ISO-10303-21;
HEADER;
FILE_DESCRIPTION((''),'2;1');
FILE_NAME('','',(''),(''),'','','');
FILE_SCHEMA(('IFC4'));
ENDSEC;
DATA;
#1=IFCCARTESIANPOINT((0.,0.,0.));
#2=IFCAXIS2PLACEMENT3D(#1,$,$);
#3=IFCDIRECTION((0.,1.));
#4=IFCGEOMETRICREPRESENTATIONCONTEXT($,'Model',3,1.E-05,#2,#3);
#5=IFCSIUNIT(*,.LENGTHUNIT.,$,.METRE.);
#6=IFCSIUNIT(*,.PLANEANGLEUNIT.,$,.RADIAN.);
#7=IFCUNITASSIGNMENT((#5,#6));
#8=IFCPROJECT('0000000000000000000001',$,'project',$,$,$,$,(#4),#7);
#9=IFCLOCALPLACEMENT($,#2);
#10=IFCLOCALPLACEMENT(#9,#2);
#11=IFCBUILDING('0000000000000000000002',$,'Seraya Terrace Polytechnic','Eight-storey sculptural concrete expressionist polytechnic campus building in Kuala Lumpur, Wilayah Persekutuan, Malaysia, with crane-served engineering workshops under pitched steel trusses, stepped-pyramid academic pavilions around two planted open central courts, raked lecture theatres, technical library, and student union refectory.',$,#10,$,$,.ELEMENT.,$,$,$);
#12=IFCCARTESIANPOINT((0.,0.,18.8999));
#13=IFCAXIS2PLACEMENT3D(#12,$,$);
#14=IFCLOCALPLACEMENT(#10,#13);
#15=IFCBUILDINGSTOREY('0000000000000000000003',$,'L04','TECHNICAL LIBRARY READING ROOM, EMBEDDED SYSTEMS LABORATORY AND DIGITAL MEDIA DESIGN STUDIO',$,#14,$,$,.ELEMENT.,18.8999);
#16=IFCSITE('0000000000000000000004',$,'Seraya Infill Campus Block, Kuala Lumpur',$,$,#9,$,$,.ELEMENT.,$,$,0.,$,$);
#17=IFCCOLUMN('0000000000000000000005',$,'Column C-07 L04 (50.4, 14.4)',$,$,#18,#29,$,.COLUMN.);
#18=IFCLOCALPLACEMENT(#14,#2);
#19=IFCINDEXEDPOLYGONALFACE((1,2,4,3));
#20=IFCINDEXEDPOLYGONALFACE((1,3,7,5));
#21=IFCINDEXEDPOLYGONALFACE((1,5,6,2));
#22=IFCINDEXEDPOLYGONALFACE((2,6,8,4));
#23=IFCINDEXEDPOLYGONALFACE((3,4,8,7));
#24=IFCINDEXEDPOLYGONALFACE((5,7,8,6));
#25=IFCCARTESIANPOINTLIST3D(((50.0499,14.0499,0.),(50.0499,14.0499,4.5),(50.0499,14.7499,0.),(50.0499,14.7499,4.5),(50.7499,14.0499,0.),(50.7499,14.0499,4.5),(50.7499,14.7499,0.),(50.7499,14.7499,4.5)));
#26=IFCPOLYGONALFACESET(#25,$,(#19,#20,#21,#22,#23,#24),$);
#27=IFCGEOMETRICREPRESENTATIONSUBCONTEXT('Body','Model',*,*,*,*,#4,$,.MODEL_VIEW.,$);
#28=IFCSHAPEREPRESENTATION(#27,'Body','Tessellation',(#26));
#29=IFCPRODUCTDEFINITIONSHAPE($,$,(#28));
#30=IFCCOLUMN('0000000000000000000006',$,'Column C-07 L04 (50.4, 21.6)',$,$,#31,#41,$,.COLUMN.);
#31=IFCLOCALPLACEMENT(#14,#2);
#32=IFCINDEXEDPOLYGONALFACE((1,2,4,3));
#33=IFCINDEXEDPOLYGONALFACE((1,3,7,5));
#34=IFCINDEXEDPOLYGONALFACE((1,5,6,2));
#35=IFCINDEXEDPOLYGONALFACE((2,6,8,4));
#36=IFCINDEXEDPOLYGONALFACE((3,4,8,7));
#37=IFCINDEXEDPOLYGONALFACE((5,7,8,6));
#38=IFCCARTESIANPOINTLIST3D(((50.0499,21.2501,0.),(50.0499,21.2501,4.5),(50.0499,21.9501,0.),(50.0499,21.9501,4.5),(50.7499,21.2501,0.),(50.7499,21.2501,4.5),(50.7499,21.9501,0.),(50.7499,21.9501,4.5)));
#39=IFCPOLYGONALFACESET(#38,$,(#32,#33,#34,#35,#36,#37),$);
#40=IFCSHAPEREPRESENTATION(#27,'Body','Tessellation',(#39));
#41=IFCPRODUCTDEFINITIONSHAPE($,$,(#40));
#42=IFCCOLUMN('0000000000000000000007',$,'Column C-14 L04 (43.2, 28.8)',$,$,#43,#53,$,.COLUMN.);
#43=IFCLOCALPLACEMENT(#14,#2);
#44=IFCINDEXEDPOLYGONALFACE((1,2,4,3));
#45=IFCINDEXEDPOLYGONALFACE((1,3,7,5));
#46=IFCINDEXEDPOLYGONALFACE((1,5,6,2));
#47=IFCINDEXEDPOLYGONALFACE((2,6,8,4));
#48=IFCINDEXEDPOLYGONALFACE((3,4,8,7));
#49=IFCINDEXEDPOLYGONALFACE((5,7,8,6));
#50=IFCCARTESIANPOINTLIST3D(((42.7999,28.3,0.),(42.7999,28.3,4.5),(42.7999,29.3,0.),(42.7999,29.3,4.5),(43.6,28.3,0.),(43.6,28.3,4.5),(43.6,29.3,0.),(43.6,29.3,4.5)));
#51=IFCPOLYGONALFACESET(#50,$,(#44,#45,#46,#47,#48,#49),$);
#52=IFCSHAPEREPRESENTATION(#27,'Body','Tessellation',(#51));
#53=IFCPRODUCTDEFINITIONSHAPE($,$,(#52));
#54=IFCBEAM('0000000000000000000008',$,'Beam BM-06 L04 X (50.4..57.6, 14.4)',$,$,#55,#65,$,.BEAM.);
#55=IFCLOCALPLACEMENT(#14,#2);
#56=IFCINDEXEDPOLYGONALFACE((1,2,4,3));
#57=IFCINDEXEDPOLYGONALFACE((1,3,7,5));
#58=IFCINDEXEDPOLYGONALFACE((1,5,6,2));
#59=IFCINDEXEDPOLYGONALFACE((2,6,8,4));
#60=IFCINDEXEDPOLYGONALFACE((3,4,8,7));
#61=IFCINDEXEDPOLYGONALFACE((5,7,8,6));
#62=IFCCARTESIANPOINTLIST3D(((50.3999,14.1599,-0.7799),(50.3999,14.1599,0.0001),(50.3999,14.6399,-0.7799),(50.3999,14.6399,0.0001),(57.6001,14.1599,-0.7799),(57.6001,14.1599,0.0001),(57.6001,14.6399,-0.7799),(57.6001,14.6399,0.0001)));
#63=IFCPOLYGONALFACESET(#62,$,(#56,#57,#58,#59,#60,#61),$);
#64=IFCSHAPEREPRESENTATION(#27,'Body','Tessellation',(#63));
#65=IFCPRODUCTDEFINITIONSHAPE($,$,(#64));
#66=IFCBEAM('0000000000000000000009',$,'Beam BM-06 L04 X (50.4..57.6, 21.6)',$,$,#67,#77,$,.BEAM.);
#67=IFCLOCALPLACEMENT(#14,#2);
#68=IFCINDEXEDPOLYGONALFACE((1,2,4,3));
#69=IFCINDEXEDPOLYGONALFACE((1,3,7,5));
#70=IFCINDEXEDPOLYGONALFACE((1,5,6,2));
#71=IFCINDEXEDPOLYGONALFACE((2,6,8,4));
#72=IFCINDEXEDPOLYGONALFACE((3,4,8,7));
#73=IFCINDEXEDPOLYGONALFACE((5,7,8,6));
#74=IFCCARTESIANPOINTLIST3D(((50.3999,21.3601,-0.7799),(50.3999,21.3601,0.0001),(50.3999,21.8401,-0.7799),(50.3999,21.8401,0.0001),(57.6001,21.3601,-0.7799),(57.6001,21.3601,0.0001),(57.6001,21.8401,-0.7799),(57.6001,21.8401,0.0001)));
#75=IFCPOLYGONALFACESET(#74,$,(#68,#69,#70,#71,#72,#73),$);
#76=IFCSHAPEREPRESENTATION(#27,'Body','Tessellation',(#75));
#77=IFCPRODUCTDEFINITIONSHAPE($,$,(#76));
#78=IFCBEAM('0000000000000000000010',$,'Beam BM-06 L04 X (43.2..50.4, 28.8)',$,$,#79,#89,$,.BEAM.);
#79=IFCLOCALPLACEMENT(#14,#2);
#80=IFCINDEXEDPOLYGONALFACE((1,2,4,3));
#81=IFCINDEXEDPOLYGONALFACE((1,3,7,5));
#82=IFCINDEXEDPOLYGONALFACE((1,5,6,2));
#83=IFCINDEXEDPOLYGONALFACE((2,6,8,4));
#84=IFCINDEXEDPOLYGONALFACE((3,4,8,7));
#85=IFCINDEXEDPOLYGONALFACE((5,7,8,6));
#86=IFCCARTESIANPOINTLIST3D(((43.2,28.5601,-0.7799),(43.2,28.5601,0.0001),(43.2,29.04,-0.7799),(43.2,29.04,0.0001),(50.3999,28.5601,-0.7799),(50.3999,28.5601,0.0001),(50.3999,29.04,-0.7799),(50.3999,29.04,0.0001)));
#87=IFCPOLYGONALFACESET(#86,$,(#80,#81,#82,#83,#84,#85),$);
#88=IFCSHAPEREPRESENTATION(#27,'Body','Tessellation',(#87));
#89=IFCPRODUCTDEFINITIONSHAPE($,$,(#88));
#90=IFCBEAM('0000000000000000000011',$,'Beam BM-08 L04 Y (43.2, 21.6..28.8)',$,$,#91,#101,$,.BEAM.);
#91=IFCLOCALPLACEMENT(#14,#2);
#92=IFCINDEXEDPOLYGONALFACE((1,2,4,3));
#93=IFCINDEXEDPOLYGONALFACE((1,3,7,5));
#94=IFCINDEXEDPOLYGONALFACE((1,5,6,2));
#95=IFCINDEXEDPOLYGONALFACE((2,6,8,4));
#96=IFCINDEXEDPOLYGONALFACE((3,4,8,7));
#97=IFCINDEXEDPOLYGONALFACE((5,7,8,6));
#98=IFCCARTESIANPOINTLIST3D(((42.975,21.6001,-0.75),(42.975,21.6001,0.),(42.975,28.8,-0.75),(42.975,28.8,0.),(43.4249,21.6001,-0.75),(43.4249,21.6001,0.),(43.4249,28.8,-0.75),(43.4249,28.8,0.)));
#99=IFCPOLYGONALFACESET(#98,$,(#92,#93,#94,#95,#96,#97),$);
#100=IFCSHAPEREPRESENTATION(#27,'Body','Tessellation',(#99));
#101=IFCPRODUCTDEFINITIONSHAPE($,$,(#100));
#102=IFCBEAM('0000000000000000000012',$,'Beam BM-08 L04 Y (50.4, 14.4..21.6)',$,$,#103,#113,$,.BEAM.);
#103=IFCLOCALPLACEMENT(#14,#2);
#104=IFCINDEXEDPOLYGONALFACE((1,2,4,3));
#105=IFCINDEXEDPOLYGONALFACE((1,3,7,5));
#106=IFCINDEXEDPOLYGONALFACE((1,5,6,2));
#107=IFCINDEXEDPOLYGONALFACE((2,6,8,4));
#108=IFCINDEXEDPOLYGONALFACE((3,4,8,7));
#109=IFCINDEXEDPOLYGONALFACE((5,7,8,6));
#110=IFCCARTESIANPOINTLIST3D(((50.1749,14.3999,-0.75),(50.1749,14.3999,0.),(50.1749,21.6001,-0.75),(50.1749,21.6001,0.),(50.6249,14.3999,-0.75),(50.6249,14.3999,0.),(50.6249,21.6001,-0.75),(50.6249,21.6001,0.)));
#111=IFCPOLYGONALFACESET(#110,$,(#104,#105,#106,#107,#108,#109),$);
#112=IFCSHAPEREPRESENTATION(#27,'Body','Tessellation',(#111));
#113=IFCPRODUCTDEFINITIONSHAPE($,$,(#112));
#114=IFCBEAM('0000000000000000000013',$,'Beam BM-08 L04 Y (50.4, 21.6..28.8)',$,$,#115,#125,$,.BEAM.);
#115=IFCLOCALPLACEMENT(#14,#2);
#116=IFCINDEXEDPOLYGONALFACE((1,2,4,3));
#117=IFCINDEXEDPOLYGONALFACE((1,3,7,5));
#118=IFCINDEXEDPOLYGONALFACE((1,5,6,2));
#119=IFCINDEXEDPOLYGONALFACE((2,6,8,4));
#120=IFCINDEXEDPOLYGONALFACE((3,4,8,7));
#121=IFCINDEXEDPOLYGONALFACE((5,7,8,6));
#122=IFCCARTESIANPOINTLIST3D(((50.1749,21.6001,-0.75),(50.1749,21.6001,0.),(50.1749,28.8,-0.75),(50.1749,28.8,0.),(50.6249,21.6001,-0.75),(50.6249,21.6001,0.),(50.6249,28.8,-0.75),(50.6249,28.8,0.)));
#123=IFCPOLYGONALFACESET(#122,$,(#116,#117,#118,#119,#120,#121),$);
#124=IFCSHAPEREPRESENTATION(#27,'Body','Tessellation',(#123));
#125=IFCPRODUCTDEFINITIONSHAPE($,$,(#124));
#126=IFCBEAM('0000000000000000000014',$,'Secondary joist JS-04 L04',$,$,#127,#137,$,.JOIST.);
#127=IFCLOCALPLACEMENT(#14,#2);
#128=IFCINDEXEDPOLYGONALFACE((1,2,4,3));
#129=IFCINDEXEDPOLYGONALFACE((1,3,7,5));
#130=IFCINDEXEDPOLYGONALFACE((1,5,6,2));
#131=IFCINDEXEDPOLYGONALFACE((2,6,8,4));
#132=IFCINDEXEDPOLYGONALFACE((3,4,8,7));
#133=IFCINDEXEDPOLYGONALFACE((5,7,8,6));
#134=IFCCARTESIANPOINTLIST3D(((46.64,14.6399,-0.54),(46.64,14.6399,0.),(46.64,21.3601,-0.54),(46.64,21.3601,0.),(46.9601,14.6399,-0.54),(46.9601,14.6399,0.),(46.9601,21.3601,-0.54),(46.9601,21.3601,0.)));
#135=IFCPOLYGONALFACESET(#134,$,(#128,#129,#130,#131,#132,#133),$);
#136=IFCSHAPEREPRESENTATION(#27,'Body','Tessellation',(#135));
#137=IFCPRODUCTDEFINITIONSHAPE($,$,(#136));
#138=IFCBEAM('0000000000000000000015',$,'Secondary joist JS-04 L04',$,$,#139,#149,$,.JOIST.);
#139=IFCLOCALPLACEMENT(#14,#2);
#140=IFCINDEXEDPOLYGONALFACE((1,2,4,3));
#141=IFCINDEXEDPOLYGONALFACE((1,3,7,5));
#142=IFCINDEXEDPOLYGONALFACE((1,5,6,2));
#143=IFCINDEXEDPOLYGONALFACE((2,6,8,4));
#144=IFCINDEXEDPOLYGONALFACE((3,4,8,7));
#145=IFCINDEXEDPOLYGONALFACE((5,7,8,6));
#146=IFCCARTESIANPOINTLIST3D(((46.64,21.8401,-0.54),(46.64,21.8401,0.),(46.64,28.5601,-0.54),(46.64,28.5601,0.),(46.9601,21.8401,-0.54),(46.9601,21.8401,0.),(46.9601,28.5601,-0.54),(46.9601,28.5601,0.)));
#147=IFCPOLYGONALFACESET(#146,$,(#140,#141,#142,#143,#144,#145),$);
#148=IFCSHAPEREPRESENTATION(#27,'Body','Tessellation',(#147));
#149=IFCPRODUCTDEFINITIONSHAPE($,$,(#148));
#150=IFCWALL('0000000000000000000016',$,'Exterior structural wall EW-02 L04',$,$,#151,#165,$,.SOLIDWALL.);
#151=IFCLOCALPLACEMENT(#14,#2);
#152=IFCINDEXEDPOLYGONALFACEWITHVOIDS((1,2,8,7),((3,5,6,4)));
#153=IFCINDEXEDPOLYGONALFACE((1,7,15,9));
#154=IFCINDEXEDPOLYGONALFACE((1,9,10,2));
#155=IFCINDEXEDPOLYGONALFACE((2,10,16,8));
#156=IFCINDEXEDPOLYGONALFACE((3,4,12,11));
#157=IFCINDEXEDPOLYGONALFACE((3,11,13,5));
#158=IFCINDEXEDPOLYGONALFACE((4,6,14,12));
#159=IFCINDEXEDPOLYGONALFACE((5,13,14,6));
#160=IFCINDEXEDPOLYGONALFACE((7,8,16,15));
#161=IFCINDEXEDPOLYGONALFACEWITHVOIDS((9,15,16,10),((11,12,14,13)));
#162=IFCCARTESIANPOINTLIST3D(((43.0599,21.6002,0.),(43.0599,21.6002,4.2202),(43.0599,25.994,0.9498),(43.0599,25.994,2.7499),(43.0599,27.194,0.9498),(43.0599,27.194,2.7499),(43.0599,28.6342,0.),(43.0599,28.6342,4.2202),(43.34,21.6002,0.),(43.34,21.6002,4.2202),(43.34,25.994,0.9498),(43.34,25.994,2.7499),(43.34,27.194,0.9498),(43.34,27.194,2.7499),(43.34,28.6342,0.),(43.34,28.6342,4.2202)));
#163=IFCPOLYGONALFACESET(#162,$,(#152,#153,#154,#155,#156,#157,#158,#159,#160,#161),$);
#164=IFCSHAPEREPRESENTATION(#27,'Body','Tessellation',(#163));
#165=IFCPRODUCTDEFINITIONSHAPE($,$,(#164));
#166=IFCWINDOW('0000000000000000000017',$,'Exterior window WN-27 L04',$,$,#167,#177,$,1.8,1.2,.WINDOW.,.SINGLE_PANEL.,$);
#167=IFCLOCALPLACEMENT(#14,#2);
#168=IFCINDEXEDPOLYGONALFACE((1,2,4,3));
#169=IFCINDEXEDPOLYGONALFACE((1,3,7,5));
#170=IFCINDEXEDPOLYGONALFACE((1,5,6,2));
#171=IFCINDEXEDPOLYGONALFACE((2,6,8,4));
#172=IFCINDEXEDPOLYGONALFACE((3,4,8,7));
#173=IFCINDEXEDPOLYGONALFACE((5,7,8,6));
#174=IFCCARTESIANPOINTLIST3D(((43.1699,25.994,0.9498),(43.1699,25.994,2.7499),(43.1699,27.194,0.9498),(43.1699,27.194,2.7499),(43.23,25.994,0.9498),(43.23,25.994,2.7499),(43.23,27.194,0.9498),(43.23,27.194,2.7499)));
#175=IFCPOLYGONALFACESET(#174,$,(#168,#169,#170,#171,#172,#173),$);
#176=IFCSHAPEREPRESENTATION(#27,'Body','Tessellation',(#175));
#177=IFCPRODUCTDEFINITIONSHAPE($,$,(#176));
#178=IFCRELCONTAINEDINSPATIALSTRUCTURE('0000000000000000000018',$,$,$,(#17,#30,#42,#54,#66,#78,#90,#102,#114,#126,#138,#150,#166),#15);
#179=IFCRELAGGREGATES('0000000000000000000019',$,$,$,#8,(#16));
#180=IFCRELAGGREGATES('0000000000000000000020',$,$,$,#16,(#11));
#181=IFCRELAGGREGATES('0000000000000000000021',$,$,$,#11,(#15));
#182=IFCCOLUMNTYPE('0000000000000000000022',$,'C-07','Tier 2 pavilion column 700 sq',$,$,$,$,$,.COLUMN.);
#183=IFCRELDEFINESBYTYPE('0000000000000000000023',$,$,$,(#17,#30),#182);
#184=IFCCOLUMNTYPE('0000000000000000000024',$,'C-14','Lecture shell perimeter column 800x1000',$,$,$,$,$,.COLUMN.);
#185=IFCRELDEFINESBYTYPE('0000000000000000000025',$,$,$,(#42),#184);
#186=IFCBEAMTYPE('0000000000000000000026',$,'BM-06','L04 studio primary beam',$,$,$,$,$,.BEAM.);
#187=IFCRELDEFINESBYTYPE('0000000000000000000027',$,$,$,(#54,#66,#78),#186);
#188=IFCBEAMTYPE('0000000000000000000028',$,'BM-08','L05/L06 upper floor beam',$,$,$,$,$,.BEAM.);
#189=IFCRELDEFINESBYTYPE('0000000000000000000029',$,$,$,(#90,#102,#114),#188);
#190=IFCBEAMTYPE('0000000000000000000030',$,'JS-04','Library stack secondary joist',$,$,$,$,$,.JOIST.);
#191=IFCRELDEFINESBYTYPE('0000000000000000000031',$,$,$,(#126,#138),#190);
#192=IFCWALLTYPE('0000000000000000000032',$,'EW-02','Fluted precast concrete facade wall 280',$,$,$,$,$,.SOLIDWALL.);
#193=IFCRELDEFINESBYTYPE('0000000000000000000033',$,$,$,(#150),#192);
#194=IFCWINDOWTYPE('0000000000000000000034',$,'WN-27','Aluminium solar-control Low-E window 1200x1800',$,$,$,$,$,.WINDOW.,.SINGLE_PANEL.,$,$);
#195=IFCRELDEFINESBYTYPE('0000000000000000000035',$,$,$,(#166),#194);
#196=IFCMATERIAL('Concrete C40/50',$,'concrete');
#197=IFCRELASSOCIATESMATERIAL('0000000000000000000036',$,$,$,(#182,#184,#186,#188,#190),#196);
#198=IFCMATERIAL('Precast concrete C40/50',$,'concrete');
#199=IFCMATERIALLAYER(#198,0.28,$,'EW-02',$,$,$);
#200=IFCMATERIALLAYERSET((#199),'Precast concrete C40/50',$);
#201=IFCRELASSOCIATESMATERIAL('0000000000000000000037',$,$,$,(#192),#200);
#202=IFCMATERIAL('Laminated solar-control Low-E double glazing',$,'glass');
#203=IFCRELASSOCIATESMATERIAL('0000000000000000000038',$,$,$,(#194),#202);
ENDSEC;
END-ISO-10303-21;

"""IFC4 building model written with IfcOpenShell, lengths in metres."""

from ifc_helpers import new_model, si_unit, direction, frame, frame_2d, origin, origin_2d, place, context, subcontext, project, spatial, rectangle, extrude, material, layer, layer_set, material_profile, profile_set, type_object, element, fill, save


model = new_model("IFC4")

# Units and contexts
model_context = context("Model", 3, precision=1e-05, world=origin(), true_north=direction((0.0, 1.0)))
body_context = subcontext(model_context, "Body", "Model", "MODEL_VIEW")
ifc_project = project(units=[si_unit("LENGTHUNIT", "METRE"), si_unit("PLANEANGLEUNIT", "RADIAN")], contexts=[model_context])

# Site, building, storey
site_placement = place(None, origin())
site = spatial("IfcSite", under=ifc_project, at=site_placement, Name="Seraya Infill Campus Block, Kuala Lumpur", CompositionType="ELEMENT", RefElevation=0.0)
building_placement = place(site_placement, origin())
building = spatial("IfcBuilding", under=site, at=building_placement, Name="Seraya Terrace Polytechnic", Description="Eight-storey sculptural concrete expressionist polytechnic campus building in Kuala Lumpur, Wilayah Persekutuan, Malaysia, with crane-served engineering workshops under pitched steel trusses, stepped-pyramid academic pavilions around two planted open central courts, raked lecture theatres, technical library, and student union refectory.", CompositionType="ELEMENT")
storey_placement = place(building_placement, frame((0.0, 0.0, 18.8999)))
storey = spatial("IfcBuildingStorey", under=building, at=storey_placement, Name="L04", Description="TECHNICAL LIBRARY READING ROOM, EMBEDDED SYSTEMS LABORATORY AND DIGITAL MEDIA DESIGN STUDIO", CompositionType="ELEMENT", Elevation=18.8999)

# Columns
ifc_material_1 = material(Name="Concrete C40/50", Category="concrete")
ifc_material_profile_1 = material_profile(ifc_material_1, rectangle(XDim=0.7, YDim=0.7, at=origin_2d()), Name="RC 700x700")
ifc_profile_set_1 = profile_set([ifc_material_profile_1], Name="Concrete C40/50")
column_type_1 = type_object("IfcColumnType", Name="C-07", Description="Tier 2 pavilion column 700 sq", PredefinedType="COLUMN", material=ifc_profile_set_1)
for number, where, z_axis, x_axis, name in (
    (1, (50.3999, 14.3999, 0.0), (0.0, 0.0, 1.0), (1.0, 0.0, 0.0), "Column C-07 L04 (50.4, 14.4)"),
    (2, (50.3999, 21.6001, 0.0), (0.0, 0.0, 1.0), (1.0, 0.0, 0.0), "Column C-07 L04 (50.4, 21.6)"),
):
    element("IfcColumn", number, at=place(storey_placement, frame(where, z_axis=z_axis, x_axis=x_axis)), inside=storey, type_object=column_type_1, Name=name, PredefinedType="COLUMN", context=body_context, shape_type="SweptSolid", body=[
        extrude(rectangle(XDim=0.7, YDim=0.7, at=origin_2d()), origin(), (0.0, 0.0, 1.0), 4.5),
    ])
ifc_material_profile_2 = material_profile(ifc_material_1, rectangle(XDim=0.8, YDim=1.0, at=origin_2d()), Name="RC 800x1000")
ifc_profile_set_2 = profile_set([ifc_material_profile_2], Name="Concrete C40/50")
column_type_2 = type_object("IfcColumnType", Name="C-14", Description="Lecture shell perimeter column 800x1000", PredefinedType="COLUMN", material=ifc_profile_set_2)
column_placement = place(storey_placement, frame((43.2, 28.8, 0.0), z_axis=(0.0, 0.0, 1.0), x_axis=(1.0, 0.0, 0.0)))
element("IfcColumn", 3, at=column_placement, inside=storey, type_object=column_type_2, Name="Column C-14 L04 (43.2, 28.8)", PredefinedType="COLUMN", context=body_context, shape_type="SweptSolid", body=[
    extrude(rectangle(XDim=0.8, YDim=1.0, at=origin_2d()), origin(), (0.0, 0.0, 1.0), 4.5),
])

# Beams
ifc_material_profile_3 = material_profile(ifc_material_1, rectangle(XDim=0.48, YDim=0.78, at=origin_2d()), Name="RC 480x780")
ifc_profile_set_3 = profile_set([ifc_material_profile_3], Name="Concrete C40/50")
beam_type_1 = type_object("IfcBeamType", Name="BM-06", Description="L04 studio primary beam", PredefinedType="BEAM", material=ifc_profile_set_3)
for number, where, z_axis, x_axis, name in (
    (4, (50.3999, 14.3999, -0.3899), (1.0, 0.0, 0.0), (0.0, 1.0, 0.0), "Beam BM-06 L04 X (50.4..57.6, 14.4)"),
    (5, (50.3999, 21.6001, -0.3899), (1.0, 0.0, 0.0), (0.0, 1.0, 0.0), "Beam BM-06 L04 X (50.4..57.6, 21.6)"),
):
    element("IfcBeam", number, at=place(storey_placement, frame(where, z_axis=z_axis, x_axis=x_axis)), inside=storey, type_object=beam_type_1, Name=name, PredefinedType="BEAM", context=body_context, shape_type="SweptSolid", body=[
        extrude(rectangle(XDim=0.48, YDim=0.78, at=origin_2d()), origin(), (0.0, 0.0, 1.0), 7.2002),
    ])
beam_1_placement = place(storey_placement, frame((43.2, 28.8, -0.3899), z_axis=(1.0, 0.0, 0.0), x_axis=(0.0, 1.0, 0.0)))
element("IfcBeam", 6, at=beam_1_placement, inside=storey, type_object=beam_type_1, Name="Beam BM-06 L04 X (43.2..50.4, 28.8)", PredefinedType="BEAM", context=body_context, shape_type="SweptSolid", body=[
    extrude(rectangle(XDim=0.48, YDim=0.78, at=origin_2d()), origin(), (0.0, 0.0, 1.0), 7.2),
])
ifc_material_profile_4 = material_profile(ifc_material_1, rectangle(XDim=0.45, YDim=0.75, at=origin_2d()), Name="RC 450x750")
ifc_profile_set_4 = profile_set([ifc_material_profile_4], Name="Concrete C40/50")
beam_type_2 = type_object("IfcBeamType", Name="BM-08", Description="L05/L06 upper floor beam", PredefinedType="BEAM", material=ifc_profile_set_4)
beam_2_placement = place(storey_placement, frame((43.2, 21.6001, -0.375), z_axis=(0.0, 1.0, 0.0), x_axis=(-1.0, 0.0, 0.0)))
element("IfcBeam", 7, at=beam_2_placement, inside=storey, type_object=beam_type_2, Name="Beam BM-08 L04 Y (43.2, 21.6..28.8)", PredefinedType="BEAM", context=body_context, shape_type="SweptSolid", body=[
    extrude(rectangle(XDim=0.45, YDim=0.75, at=origin_2d()), origin(), (0.0, 0.0, 1.0), 7.2),
])
beam_3_placement = place(storey_placement, frame((50.3999, 14.3999, -0.375), z_axis=(0.0, 1.0, 0.0), x_axis=(-1.0, 0.0, 0.0)))
element("IfcBeam", 8, at=beam_3_placement, inside=storey, type_object=beam_type_2, Name="Beam BM-08 L04 Y (50.4, 14.4..21.6)", PredefinedType="BEAM", context=body_context, shape_type="SweptSolid", body=[
    extrude(rectangle(XDim=0.45, YDim=0.75, at=origin_2d()), origin(), (0.0, 0.0, 1.0), 7.2002),
])
beam_4_placement = place(storey_placement, frame((50.3999, 21.6001, -0.375), z_axis=(0.0, 1.0, 0.0), x_axis=(-1.0, 0.0, 0.0)))
element("IfcBeam", 9, at=beam_4_placement, inside=storey, type_object=beam_type_2, Name="Beam BM-08 L04 Y (50.4, 21.6..28.8)", PredefinedType="BEAM", context=body_context, shape_type="SweptSolid", body=[
    extrude(rectangle(XDim=0.45, YDim=0.75, at=origin_2d()), origin(), (0.0, 0.0, 1.0), 7.2),
])
ifc_material_profile_5 = material_profile(ifc_material_1, rectangle(XDim=0.3201, YDim=0.54, at=origin_2d()), Name="RC 320x540")
ifc_profile_set_5 = profile_set([ifc_material_profile_5], Name="Concrete C40/50")
beam_type_3 = type_object("IfcBeamType", Name="JS-04", Description="Library stack secondary joist", PredefinedType="JOIST", material=ifc_profile_set_5)
beam_5_placement = place(storey_placement, frame((46.8, 14.6399, -0.27), z_axis=(0.0, 1.0, 0.0), x_axis=(-1.0, 0.0, 0.0)))
element("IfcBeam", 10, at=beam_5_placement, inside=storey, type_object=beam_type_3, Name="Secondary joist JS-04 L04", PredefinedType="JOIST", context=body_context, shape_type="SweptSolid", body=[
    extrude(rectangle(XDim=0.3201, YDim=0.54, at=origin_2d()), origin(), (0.0, 0.0, 1.0), 6.7202),
])
beam_6_placement = place(storey_placement, frame((46.8, 21.8401, -0.27), z_axis=(0.0, 1.0, 0.0), x_axis=(-1.0, 0.0, 0.0)))
element("IfcBeam", 11, at=beam_6_placement, inside=storey, type_object=beam_type_3, Name="Secondary joist JS-04 L04", PredefinedType="JOIST", context=body_context, shape_type="SweptSolid", body=[
    extrude(rectangle(XDim=0.3201, YDim=0.54, at=origin_2d()), origin(), (0.0, 0.0, 1.0), 6.72),
])

# Wall, opening, window
ifc_material_2 = material(Name="Precast concrete C40/50", Category="concrete")
ifc_layer_1 = layer(ifc_material_2, 0.28, Name="EW-02")
ifc_layer_set_1 = layer_set([ifc_layer_1], Name="Precast concrete C40/50")
wall_type_1 = type_object("IfcWallType", Name="EW-02", Description="Fluted precast concrete facade wall 280", PredefinedType="SOLIDWALL", material=ifc_layer_set_1)
wall_1_placement = place(storey_placement, frame((43.2, 21.6001, 0.0), z_axis=(0.0, 0.0, 1.0), x_axis=(0.0, 1.0, 0.0)))
wall_1 = element("IfcWall", 12, at=wall_1_placement, inside=storey, type_object=wall_type_1, Name="Exterior structural wall EW-02 L04", PredefinedType="SOLIDWALL", context=body_context, shape_type="SweptSolid", body=[
    extrude(rectangle(XDim=7.0339, YDim=0.28, at=frame_2d((3.5171, 0.0))), origin(), (0.0, 0.0, 1.0), 4.2202),
])
opening_1_placement = place(wall_1_placement, frame((4.3938, 0.0, 0.95)))
opening_1 = element("IfcOpeningElement", 13, at=opening_1_placement, cuts=wall_1, PredefinedType="OPENING", context=body_context, shape_type="SweptSolid", body=[
    extrude(rectangle(XDim=1.2, YDim=1.8, at=frame_2d((0.6001, 0.8999))), frame((0.0, 0.1519, 0.0), z_axis=(0.0, -1.0, 0.0), x_axis=(1.0, 0.0, 0.0)), (0.0, 0.0, 1.0), 0.304),
])
ifc_material_3 = material(Name="Laminated solar-control Low-E double glazing", Category="glass")
window_type_1 = type_object("IfcWindowType", Name="WN-27", Description="Aluminium solar-control Low-E window 1200x1800", PartitioningType="SINGLE_PANEL", PredefinedType="WINDOW", material=ifc_material_3)
window_1_placement = place(opening_1_placement, origin())
window_1 = element("IfcWindow", 14, at=window_1_placement, inside=storey, type_object=window_type_1, Name="Exterior window WN-27 L04", OverallHeight=1.8, OverallWidth=1.2, PartitioningType="SINGLE_PANEL", PredefinedType="WINDOW", context=body_context, shape_type="SweptSolid", body=[
    extrude(rectangle(XDim=1.2, YDim=1.8, at=frame_2d((0.6001, 0.8999))), frame((0.0, 0.03, 0.0), z_axis=(0.0, -1.0, 0.0), x_axis=(1.0, 0.0, 0.0)), (0.0, 0.0, 1.0), 0.0601),
])
fill(opening_1, window_1)

save(model, "model.ifc")
